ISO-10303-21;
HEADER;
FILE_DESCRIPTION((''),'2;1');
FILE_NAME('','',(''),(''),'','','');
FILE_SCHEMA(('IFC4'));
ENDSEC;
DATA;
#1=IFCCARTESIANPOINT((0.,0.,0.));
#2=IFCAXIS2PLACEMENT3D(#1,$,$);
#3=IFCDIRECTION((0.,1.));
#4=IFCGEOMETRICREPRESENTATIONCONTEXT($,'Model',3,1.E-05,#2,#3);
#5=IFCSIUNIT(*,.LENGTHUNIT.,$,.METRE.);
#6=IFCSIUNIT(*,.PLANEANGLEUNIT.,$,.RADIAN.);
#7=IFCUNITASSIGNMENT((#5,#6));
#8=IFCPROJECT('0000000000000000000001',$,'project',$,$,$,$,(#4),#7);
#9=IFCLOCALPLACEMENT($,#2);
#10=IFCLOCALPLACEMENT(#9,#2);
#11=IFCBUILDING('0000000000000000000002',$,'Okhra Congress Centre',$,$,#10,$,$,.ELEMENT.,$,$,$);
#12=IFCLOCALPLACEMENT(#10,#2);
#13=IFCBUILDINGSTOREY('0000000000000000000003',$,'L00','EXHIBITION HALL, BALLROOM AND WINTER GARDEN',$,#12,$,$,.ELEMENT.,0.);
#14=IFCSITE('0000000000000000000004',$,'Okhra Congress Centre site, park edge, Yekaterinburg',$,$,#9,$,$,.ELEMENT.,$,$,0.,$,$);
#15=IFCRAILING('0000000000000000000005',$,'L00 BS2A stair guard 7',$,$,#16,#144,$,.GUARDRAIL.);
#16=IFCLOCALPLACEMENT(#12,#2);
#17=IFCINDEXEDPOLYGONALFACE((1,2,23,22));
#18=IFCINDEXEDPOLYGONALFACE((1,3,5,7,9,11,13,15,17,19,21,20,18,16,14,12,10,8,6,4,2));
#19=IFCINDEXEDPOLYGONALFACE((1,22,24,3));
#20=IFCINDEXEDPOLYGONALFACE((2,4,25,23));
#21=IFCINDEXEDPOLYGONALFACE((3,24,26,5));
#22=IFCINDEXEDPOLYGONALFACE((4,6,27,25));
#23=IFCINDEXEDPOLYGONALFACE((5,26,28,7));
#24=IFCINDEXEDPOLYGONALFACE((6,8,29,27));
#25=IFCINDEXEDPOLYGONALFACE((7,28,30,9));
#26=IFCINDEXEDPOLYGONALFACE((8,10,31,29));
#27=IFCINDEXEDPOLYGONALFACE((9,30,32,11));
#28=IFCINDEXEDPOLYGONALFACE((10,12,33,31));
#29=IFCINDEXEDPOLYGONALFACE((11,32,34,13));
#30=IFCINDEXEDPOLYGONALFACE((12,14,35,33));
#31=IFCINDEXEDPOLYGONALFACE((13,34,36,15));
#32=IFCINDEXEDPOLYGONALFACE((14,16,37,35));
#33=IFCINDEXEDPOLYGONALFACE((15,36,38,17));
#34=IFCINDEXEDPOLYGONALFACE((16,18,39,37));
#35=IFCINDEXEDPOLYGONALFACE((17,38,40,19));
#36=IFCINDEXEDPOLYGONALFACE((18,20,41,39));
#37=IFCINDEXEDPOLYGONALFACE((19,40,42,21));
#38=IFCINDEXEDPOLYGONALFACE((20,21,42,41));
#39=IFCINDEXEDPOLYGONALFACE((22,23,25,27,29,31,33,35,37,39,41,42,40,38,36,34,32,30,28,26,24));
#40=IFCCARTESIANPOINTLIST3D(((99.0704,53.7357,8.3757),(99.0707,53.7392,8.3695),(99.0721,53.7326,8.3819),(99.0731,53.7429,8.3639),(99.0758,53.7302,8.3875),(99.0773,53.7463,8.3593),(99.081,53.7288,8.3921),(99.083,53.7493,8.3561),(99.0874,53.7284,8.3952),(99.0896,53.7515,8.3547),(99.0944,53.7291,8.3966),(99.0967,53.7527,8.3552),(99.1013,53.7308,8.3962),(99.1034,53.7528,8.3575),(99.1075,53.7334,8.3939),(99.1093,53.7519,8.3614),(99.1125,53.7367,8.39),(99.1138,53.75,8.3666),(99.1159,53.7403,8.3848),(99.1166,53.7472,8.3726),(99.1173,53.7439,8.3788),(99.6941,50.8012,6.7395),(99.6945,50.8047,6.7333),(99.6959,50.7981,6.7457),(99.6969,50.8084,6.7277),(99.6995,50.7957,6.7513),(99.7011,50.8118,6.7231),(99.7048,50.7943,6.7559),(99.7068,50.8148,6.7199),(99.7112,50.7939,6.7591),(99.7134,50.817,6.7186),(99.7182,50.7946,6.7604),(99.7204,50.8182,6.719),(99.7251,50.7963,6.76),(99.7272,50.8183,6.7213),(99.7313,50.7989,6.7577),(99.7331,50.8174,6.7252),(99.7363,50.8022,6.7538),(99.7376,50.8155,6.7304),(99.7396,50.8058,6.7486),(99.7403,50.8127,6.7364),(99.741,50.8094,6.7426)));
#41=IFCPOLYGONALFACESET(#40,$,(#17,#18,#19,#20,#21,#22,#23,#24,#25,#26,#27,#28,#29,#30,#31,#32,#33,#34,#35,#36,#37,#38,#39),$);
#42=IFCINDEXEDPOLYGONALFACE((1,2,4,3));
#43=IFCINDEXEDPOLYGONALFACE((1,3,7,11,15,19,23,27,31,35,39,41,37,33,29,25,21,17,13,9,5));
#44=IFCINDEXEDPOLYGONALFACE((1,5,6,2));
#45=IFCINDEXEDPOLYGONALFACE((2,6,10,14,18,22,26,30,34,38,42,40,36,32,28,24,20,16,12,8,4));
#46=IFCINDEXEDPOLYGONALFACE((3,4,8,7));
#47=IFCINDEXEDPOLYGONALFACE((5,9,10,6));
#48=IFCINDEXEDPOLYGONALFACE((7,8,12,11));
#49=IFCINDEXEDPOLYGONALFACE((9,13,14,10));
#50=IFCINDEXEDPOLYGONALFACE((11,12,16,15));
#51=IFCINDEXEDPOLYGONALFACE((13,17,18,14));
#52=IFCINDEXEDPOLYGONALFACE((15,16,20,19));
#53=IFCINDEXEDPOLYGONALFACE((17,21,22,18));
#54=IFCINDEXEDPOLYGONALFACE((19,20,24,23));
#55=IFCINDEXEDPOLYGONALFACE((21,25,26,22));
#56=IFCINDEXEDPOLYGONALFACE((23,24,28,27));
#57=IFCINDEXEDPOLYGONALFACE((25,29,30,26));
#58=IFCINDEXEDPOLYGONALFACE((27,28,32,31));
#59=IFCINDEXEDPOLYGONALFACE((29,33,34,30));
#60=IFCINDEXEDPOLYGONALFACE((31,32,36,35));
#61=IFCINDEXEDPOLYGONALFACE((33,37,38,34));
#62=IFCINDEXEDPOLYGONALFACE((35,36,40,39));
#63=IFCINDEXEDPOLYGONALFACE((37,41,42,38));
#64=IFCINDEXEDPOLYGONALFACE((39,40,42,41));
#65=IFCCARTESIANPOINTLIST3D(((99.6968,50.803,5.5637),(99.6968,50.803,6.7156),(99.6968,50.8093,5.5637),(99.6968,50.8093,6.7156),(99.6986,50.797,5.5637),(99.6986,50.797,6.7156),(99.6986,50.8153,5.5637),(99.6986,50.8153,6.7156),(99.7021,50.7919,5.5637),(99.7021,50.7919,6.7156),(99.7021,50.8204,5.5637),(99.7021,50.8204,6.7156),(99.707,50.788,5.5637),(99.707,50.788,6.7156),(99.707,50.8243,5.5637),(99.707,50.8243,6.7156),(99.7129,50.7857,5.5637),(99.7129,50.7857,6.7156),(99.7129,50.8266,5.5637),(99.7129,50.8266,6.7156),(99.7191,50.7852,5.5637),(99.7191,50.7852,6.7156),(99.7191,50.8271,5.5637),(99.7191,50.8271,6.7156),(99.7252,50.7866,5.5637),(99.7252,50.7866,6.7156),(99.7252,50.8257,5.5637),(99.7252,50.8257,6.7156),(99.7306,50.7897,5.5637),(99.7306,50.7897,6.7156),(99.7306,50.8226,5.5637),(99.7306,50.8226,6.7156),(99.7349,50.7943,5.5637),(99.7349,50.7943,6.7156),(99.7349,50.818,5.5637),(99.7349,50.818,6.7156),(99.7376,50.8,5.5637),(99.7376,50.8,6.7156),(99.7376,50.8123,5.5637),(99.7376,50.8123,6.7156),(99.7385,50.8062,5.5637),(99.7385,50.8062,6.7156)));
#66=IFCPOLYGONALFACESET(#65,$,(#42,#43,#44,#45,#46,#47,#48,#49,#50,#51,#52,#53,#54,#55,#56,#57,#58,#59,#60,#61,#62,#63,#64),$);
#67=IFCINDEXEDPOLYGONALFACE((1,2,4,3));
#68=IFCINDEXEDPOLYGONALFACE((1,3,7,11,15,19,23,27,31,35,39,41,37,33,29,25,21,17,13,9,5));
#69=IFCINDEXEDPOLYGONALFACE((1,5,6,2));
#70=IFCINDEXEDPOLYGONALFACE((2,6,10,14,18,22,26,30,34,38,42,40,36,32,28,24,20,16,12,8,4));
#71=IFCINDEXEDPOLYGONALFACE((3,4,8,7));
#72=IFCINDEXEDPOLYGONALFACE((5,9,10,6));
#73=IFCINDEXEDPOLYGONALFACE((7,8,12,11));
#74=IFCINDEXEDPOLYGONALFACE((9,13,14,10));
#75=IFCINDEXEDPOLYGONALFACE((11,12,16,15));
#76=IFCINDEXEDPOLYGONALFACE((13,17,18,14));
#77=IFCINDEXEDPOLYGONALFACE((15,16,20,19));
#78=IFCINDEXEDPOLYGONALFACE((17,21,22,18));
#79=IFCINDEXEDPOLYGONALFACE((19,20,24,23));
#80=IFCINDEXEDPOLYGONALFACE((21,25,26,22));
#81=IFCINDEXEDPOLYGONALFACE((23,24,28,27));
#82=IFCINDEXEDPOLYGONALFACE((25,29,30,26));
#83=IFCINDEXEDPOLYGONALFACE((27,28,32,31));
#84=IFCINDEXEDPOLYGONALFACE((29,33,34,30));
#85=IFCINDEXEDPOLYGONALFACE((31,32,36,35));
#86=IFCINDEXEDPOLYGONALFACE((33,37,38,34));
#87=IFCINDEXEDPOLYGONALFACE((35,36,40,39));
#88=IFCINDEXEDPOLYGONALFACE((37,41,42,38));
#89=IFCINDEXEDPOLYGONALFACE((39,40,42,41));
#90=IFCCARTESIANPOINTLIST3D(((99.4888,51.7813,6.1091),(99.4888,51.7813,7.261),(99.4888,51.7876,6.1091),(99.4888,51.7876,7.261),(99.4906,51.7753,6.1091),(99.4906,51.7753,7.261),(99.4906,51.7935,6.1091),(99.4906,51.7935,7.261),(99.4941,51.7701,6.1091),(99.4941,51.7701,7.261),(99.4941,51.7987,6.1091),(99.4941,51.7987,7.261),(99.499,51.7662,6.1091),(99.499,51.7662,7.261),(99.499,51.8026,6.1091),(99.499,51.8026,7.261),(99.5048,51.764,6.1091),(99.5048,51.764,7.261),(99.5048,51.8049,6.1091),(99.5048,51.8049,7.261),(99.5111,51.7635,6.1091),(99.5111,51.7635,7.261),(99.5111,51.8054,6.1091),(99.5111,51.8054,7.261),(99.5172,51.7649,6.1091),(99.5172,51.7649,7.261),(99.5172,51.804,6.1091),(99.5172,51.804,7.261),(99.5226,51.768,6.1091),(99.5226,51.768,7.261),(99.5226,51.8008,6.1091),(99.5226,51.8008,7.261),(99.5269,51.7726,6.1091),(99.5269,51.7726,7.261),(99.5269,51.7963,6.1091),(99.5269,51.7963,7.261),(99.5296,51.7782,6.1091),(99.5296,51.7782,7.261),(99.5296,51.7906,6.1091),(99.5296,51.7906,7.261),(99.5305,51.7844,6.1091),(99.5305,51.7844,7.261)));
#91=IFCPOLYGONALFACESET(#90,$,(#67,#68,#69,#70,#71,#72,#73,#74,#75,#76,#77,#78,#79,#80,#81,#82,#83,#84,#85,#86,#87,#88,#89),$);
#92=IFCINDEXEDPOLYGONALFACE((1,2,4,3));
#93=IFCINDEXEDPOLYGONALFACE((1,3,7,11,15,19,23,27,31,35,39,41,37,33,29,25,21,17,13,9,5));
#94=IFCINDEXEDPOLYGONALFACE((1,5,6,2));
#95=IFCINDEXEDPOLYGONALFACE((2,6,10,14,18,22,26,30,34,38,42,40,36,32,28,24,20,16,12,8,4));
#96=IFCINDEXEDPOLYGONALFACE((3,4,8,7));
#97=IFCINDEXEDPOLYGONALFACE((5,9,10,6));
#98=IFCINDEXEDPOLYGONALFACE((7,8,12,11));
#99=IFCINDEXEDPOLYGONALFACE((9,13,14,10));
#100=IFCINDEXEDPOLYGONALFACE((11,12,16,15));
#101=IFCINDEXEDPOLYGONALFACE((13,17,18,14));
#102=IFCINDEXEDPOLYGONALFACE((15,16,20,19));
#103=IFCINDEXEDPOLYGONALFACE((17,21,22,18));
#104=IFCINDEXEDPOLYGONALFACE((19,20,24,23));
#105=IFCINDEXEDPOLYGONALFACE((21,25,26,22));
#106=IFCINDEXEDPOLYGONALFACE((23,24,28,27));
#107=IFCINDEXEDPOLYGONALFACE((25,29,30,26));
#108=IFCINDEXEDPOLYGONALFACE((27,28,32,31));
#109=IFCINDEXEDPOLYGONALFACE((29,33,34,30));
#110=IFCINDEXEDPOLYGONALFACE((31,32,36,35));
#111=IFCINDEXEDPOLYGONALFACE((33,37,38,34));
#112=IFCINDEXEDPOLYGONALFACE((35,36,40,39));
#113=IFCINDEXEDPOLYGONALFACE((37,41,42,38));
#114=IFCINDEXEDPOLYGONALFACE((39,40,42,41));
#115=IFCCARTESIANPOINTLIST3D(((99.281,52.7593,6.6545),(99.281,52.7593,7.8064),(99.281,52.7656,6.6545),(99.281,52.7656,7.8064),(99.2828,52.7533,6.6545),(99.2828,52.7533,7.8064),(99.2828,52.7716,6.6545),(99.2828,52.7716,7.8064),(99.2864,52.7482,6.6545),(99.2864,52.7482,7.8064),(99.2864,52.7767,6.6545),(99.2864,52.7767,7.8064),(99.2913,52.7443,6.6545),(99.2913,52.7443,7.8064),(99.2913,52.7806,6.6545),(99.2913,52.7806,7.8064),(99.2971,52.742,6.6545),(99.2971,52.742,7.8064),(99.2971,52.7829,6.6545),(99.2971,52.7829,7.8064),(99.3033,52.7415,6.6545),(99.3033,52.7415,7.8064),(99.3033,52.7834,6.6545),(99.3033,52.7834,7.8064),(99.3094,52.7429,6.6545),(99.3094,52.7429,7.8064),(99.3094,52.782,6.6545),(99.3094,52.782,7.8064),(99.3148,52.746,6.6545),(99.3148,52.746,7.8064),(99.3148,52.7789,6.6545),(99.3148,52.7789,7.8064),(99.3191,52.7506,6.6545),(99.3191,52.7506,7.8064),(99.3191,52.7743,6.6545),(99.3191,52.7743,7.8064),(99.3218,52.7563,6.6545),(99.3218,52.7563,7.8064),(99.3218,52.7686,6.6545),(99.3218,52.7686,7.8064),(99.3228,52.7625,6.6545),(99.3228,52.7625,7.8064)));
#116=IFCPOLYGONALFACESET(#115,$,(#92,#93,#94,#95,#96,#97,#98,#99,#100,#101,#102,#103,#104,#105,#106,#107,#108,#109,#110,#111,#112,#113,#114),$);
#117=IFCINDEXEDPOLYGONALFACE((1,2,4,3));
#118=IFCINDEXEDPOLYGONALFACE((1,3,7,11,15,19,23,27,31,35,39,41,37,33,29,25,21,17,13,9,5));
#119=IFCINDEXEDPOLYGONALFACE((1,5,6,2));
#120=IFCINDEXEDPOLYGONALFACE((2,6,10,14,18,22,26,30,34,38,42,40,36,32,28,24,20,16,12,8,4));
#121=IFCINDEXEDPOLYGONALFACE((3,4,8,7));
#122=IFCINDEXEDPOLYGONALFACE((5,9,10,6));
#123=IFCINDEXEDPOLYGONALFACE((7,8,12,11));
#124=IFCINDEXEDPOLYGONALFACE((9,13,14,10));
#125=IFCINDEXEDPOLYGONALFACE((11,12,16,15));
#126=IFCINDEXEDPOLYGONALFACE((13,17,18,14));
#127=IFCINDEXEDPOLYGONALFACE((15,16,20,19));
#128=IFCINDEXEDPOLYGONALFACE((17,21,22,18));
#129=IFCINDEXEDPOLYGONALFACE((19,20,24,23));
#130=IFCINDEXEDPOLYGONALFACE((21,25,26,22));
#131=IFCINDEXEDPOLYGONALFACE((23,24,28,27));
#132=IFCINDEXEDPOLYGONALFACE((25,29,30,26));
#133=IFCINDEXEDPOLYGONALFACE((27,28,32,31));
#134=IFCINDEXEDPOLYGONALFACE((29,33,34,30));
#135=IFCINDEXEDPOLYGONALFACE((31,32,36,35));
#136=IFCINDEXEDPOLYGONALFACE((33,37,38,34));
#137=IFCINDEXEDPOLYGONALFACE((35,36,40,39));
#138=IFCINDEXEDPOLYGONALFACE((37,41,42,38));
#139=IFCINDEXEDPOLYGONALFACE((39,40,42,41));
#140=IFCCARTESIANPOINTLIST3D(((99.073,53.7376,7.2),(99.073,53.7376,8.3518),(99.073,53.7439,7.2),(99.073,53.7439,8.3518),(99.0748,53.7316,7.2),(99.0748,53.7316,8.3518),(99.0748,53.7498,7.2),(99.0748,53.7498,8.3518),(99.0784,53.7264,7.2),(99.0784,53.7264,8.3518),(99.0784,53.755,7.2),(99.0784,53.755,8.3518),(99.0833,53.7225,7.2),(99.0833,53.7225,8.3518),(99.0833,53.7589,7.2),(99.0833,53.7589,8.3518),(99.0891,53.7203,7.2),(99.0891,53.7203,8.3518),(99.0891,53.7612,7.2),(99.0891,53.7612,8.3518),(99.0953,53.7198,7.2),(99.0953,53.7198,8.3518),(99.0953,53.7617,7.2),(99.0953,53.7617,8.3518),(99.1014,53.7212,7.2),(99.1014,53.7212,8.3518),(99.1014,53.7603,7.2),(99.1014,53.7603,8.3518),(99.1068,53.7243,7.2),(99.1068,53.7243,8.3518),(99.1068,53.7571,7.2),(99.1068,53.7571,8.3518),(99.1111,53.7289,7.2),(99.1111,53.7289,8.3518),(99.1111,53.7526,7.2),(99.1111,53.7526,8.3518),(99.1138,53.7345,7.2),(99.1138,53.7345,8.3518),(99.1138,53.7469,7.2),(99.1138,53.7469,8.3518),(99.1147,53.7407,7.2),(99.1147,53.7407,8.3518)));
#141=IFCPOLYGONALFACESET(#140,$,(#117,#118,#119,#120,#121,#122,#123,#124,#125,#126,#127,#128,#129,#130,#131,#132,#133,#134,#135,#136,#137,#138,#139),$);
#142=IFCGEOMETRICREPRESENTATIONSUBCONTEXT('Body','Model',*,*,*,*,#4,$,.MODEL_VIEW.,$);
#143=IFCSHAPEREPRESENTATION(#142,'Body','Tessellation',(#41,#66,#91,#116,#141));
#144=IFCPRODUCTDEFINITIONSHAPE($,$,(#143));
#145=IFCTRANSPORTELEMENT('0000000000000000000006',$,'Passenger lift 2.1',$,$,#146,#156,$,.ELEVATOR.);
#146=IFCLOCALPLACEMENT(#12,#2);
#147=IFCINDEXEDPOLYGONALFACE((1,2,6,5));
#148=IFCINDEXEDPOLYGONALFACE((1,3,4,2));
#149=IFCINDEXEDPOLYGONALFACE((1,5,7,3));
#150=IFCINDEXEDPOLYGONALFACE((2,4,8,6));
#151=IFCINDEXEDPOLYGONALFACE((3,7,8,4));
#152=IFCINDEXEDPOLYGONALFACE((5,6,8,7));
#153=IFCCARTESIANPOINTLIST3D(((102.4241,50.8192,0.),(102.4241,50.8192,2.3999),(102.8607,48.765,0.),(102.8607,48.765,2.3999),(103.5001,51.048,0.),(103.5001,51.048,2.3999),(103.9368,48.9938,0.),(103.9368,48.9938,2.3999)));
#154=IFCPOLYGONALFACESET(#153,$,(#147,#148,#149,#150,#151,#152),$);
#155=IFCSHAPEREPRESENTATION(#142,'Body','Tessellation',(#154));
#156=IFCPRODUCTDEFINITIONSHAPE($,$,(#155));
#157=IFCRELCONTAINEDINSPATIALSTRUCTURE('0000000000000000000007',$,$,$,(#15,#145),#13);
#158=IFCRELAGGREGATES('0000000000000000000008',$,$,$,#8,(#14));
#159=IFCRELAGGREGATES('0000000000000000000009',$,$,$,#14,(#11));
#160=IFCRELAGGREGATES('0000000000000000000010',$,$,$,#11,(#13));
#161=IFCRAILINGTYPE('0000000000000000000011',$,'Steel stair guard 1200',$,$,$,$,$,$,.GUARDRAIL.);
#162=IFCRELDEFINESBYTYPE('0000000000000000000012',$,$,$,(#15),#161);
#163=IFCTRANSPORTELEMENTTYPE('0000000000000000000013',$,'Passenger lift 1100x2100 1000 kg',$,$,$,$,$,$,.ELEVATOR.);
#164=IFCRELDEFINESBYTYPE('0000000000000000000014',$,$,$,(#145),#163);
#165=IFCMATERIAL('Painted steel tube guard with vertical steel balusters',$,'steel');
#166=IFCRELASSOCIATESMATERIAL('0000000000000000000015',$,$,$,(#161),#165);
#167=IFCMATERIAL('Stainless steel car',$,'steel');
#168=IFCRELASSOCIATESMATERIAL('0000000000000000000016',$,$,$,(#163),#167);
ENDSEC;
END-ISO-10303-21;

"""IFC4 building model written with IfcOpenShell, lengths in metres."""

from ifc_helpers import new_model, si_unit, direction, frame, origin, origin_2d, place, context, subcontext, project, spatial, rectangle, circle, extrude, material, type_object, element, save


model = new_model("IFC4")

# Units and contexts
model_context = context("Model", 3, precision=1e-05, world=origin(), true_north=direction((0.0, 1.0)))
body_context = subcontext(model_context, "Body", "Model", "MODEL_VIEW")
ifc_project = project(units=[si_unit("LENGTHUNIT", "METRE"), si_unit("PLANEANGLEUNIT", "RADIAN")], contexts=[model_context])

# Site, building, storey
site_placement = place(None, origin())
site = spatial("IfcSite", under=ifc_project, at=site_placement, Name="Okhra Congress Centre site, park edge, Yekaterinburg", CompositionType="ELEMENT", RefElevation=0.0)
building_placement = place(site_placement, origin())
building = spatial("IfcBuilding", under=site, at=building_placement, Name="Okhra Congress Centre", CompositionType="ELEMENT")
storey_placement = place(building_placement, origin())
storey = spatial("IfcBuildingStorey", under=building, at=storey_placement, Name="L00", Description="EXHIBITION HALL, BALLROOM AND WINTER GARDEN", CompositionType="ELEMENT", Elevation=0.0)

# Railing
ifc_material_1 = material(Name="Painted steel tube guard with vertical steel balusters", Category="steel")
railing_type_1 = type_object("IfcRailingType", Name="Steel stair guard 1200", PredefinedType="GUARDRAIL", material=ifc_material_1)
railing_1_placement = place(storey_placement, frame((99.7175, 50.8062, 5.5637)))
element("IfcRailing", 1, at=railing_1_placement, inside=storey, type_object=railing_type_1, Name="L00 BS2A stair guard 7", PredefinedType="GUARDRAIL", context=body_context, shape_type="SweptSolid", body=[
    extrude(circle(Radius=0.0239, at=origin_2d()), frame((0.0, 0.0, 1.1758), z_axis=(-0.182535, 0.858735, 0.478806), x_axis=(-0.978146, -0.207917, 0.0)), (0.0, 0.0, 1.0), 3.4172),
    extrude(circle(Radius=0.021, at=origin_2d()), origin(), (0.0, 0.0, 1.0), 1.1519),
    extrude(circle(Radius=0.021, at=origin_2d()), frame((-0.208, 0.9783, 0.5454)), (0.0, 0.0, 1.0), 1.1519),
    extrude(circle(Radius=0.021, at=origin_2d()), frame((-0.4158, 1.9563, 1.0908)), (0.0, 0.0, 1.0), 1.1519),
    extrude(circle(Radius=0.021, at=origin_2d()), frame((-0.6238, 2.9346, 1.6362)), (0.0, 0.0, 1.0), 1.1519),
])

# Transport element
ifc_material_2 = material(Name="Stainless steel car", Category="steel")
transport_element_type = type_object("IfcTransportElementType", Name="Passenger lift 1100x2100 1000 kg", PredefinedType="ELEVATOR", material=ifc_material_2)
transport_element_placement = place(storey_placement, frame((103.1804, 49.9065, 0.0), z_axis=(0.0, 0.0, 1.0), x_axis=(0.978148, 0.207912, 0.0)))
element("IfcTransportElement", 2, at=transport_element_placement, inside=storey, type_object=transport_element_type, Name="Passenger lift 2.1", PredefinedType="ELEVATOR", context=body_context, shape_type="SweptSolid", body=[
    extrude(rectangle(XDim=1.1001, YDim=2.1001, at=origin_2d()), origin(), (0.0, 0.0, 1.0), 2.3999),
])

save(model, "model.ifc")
